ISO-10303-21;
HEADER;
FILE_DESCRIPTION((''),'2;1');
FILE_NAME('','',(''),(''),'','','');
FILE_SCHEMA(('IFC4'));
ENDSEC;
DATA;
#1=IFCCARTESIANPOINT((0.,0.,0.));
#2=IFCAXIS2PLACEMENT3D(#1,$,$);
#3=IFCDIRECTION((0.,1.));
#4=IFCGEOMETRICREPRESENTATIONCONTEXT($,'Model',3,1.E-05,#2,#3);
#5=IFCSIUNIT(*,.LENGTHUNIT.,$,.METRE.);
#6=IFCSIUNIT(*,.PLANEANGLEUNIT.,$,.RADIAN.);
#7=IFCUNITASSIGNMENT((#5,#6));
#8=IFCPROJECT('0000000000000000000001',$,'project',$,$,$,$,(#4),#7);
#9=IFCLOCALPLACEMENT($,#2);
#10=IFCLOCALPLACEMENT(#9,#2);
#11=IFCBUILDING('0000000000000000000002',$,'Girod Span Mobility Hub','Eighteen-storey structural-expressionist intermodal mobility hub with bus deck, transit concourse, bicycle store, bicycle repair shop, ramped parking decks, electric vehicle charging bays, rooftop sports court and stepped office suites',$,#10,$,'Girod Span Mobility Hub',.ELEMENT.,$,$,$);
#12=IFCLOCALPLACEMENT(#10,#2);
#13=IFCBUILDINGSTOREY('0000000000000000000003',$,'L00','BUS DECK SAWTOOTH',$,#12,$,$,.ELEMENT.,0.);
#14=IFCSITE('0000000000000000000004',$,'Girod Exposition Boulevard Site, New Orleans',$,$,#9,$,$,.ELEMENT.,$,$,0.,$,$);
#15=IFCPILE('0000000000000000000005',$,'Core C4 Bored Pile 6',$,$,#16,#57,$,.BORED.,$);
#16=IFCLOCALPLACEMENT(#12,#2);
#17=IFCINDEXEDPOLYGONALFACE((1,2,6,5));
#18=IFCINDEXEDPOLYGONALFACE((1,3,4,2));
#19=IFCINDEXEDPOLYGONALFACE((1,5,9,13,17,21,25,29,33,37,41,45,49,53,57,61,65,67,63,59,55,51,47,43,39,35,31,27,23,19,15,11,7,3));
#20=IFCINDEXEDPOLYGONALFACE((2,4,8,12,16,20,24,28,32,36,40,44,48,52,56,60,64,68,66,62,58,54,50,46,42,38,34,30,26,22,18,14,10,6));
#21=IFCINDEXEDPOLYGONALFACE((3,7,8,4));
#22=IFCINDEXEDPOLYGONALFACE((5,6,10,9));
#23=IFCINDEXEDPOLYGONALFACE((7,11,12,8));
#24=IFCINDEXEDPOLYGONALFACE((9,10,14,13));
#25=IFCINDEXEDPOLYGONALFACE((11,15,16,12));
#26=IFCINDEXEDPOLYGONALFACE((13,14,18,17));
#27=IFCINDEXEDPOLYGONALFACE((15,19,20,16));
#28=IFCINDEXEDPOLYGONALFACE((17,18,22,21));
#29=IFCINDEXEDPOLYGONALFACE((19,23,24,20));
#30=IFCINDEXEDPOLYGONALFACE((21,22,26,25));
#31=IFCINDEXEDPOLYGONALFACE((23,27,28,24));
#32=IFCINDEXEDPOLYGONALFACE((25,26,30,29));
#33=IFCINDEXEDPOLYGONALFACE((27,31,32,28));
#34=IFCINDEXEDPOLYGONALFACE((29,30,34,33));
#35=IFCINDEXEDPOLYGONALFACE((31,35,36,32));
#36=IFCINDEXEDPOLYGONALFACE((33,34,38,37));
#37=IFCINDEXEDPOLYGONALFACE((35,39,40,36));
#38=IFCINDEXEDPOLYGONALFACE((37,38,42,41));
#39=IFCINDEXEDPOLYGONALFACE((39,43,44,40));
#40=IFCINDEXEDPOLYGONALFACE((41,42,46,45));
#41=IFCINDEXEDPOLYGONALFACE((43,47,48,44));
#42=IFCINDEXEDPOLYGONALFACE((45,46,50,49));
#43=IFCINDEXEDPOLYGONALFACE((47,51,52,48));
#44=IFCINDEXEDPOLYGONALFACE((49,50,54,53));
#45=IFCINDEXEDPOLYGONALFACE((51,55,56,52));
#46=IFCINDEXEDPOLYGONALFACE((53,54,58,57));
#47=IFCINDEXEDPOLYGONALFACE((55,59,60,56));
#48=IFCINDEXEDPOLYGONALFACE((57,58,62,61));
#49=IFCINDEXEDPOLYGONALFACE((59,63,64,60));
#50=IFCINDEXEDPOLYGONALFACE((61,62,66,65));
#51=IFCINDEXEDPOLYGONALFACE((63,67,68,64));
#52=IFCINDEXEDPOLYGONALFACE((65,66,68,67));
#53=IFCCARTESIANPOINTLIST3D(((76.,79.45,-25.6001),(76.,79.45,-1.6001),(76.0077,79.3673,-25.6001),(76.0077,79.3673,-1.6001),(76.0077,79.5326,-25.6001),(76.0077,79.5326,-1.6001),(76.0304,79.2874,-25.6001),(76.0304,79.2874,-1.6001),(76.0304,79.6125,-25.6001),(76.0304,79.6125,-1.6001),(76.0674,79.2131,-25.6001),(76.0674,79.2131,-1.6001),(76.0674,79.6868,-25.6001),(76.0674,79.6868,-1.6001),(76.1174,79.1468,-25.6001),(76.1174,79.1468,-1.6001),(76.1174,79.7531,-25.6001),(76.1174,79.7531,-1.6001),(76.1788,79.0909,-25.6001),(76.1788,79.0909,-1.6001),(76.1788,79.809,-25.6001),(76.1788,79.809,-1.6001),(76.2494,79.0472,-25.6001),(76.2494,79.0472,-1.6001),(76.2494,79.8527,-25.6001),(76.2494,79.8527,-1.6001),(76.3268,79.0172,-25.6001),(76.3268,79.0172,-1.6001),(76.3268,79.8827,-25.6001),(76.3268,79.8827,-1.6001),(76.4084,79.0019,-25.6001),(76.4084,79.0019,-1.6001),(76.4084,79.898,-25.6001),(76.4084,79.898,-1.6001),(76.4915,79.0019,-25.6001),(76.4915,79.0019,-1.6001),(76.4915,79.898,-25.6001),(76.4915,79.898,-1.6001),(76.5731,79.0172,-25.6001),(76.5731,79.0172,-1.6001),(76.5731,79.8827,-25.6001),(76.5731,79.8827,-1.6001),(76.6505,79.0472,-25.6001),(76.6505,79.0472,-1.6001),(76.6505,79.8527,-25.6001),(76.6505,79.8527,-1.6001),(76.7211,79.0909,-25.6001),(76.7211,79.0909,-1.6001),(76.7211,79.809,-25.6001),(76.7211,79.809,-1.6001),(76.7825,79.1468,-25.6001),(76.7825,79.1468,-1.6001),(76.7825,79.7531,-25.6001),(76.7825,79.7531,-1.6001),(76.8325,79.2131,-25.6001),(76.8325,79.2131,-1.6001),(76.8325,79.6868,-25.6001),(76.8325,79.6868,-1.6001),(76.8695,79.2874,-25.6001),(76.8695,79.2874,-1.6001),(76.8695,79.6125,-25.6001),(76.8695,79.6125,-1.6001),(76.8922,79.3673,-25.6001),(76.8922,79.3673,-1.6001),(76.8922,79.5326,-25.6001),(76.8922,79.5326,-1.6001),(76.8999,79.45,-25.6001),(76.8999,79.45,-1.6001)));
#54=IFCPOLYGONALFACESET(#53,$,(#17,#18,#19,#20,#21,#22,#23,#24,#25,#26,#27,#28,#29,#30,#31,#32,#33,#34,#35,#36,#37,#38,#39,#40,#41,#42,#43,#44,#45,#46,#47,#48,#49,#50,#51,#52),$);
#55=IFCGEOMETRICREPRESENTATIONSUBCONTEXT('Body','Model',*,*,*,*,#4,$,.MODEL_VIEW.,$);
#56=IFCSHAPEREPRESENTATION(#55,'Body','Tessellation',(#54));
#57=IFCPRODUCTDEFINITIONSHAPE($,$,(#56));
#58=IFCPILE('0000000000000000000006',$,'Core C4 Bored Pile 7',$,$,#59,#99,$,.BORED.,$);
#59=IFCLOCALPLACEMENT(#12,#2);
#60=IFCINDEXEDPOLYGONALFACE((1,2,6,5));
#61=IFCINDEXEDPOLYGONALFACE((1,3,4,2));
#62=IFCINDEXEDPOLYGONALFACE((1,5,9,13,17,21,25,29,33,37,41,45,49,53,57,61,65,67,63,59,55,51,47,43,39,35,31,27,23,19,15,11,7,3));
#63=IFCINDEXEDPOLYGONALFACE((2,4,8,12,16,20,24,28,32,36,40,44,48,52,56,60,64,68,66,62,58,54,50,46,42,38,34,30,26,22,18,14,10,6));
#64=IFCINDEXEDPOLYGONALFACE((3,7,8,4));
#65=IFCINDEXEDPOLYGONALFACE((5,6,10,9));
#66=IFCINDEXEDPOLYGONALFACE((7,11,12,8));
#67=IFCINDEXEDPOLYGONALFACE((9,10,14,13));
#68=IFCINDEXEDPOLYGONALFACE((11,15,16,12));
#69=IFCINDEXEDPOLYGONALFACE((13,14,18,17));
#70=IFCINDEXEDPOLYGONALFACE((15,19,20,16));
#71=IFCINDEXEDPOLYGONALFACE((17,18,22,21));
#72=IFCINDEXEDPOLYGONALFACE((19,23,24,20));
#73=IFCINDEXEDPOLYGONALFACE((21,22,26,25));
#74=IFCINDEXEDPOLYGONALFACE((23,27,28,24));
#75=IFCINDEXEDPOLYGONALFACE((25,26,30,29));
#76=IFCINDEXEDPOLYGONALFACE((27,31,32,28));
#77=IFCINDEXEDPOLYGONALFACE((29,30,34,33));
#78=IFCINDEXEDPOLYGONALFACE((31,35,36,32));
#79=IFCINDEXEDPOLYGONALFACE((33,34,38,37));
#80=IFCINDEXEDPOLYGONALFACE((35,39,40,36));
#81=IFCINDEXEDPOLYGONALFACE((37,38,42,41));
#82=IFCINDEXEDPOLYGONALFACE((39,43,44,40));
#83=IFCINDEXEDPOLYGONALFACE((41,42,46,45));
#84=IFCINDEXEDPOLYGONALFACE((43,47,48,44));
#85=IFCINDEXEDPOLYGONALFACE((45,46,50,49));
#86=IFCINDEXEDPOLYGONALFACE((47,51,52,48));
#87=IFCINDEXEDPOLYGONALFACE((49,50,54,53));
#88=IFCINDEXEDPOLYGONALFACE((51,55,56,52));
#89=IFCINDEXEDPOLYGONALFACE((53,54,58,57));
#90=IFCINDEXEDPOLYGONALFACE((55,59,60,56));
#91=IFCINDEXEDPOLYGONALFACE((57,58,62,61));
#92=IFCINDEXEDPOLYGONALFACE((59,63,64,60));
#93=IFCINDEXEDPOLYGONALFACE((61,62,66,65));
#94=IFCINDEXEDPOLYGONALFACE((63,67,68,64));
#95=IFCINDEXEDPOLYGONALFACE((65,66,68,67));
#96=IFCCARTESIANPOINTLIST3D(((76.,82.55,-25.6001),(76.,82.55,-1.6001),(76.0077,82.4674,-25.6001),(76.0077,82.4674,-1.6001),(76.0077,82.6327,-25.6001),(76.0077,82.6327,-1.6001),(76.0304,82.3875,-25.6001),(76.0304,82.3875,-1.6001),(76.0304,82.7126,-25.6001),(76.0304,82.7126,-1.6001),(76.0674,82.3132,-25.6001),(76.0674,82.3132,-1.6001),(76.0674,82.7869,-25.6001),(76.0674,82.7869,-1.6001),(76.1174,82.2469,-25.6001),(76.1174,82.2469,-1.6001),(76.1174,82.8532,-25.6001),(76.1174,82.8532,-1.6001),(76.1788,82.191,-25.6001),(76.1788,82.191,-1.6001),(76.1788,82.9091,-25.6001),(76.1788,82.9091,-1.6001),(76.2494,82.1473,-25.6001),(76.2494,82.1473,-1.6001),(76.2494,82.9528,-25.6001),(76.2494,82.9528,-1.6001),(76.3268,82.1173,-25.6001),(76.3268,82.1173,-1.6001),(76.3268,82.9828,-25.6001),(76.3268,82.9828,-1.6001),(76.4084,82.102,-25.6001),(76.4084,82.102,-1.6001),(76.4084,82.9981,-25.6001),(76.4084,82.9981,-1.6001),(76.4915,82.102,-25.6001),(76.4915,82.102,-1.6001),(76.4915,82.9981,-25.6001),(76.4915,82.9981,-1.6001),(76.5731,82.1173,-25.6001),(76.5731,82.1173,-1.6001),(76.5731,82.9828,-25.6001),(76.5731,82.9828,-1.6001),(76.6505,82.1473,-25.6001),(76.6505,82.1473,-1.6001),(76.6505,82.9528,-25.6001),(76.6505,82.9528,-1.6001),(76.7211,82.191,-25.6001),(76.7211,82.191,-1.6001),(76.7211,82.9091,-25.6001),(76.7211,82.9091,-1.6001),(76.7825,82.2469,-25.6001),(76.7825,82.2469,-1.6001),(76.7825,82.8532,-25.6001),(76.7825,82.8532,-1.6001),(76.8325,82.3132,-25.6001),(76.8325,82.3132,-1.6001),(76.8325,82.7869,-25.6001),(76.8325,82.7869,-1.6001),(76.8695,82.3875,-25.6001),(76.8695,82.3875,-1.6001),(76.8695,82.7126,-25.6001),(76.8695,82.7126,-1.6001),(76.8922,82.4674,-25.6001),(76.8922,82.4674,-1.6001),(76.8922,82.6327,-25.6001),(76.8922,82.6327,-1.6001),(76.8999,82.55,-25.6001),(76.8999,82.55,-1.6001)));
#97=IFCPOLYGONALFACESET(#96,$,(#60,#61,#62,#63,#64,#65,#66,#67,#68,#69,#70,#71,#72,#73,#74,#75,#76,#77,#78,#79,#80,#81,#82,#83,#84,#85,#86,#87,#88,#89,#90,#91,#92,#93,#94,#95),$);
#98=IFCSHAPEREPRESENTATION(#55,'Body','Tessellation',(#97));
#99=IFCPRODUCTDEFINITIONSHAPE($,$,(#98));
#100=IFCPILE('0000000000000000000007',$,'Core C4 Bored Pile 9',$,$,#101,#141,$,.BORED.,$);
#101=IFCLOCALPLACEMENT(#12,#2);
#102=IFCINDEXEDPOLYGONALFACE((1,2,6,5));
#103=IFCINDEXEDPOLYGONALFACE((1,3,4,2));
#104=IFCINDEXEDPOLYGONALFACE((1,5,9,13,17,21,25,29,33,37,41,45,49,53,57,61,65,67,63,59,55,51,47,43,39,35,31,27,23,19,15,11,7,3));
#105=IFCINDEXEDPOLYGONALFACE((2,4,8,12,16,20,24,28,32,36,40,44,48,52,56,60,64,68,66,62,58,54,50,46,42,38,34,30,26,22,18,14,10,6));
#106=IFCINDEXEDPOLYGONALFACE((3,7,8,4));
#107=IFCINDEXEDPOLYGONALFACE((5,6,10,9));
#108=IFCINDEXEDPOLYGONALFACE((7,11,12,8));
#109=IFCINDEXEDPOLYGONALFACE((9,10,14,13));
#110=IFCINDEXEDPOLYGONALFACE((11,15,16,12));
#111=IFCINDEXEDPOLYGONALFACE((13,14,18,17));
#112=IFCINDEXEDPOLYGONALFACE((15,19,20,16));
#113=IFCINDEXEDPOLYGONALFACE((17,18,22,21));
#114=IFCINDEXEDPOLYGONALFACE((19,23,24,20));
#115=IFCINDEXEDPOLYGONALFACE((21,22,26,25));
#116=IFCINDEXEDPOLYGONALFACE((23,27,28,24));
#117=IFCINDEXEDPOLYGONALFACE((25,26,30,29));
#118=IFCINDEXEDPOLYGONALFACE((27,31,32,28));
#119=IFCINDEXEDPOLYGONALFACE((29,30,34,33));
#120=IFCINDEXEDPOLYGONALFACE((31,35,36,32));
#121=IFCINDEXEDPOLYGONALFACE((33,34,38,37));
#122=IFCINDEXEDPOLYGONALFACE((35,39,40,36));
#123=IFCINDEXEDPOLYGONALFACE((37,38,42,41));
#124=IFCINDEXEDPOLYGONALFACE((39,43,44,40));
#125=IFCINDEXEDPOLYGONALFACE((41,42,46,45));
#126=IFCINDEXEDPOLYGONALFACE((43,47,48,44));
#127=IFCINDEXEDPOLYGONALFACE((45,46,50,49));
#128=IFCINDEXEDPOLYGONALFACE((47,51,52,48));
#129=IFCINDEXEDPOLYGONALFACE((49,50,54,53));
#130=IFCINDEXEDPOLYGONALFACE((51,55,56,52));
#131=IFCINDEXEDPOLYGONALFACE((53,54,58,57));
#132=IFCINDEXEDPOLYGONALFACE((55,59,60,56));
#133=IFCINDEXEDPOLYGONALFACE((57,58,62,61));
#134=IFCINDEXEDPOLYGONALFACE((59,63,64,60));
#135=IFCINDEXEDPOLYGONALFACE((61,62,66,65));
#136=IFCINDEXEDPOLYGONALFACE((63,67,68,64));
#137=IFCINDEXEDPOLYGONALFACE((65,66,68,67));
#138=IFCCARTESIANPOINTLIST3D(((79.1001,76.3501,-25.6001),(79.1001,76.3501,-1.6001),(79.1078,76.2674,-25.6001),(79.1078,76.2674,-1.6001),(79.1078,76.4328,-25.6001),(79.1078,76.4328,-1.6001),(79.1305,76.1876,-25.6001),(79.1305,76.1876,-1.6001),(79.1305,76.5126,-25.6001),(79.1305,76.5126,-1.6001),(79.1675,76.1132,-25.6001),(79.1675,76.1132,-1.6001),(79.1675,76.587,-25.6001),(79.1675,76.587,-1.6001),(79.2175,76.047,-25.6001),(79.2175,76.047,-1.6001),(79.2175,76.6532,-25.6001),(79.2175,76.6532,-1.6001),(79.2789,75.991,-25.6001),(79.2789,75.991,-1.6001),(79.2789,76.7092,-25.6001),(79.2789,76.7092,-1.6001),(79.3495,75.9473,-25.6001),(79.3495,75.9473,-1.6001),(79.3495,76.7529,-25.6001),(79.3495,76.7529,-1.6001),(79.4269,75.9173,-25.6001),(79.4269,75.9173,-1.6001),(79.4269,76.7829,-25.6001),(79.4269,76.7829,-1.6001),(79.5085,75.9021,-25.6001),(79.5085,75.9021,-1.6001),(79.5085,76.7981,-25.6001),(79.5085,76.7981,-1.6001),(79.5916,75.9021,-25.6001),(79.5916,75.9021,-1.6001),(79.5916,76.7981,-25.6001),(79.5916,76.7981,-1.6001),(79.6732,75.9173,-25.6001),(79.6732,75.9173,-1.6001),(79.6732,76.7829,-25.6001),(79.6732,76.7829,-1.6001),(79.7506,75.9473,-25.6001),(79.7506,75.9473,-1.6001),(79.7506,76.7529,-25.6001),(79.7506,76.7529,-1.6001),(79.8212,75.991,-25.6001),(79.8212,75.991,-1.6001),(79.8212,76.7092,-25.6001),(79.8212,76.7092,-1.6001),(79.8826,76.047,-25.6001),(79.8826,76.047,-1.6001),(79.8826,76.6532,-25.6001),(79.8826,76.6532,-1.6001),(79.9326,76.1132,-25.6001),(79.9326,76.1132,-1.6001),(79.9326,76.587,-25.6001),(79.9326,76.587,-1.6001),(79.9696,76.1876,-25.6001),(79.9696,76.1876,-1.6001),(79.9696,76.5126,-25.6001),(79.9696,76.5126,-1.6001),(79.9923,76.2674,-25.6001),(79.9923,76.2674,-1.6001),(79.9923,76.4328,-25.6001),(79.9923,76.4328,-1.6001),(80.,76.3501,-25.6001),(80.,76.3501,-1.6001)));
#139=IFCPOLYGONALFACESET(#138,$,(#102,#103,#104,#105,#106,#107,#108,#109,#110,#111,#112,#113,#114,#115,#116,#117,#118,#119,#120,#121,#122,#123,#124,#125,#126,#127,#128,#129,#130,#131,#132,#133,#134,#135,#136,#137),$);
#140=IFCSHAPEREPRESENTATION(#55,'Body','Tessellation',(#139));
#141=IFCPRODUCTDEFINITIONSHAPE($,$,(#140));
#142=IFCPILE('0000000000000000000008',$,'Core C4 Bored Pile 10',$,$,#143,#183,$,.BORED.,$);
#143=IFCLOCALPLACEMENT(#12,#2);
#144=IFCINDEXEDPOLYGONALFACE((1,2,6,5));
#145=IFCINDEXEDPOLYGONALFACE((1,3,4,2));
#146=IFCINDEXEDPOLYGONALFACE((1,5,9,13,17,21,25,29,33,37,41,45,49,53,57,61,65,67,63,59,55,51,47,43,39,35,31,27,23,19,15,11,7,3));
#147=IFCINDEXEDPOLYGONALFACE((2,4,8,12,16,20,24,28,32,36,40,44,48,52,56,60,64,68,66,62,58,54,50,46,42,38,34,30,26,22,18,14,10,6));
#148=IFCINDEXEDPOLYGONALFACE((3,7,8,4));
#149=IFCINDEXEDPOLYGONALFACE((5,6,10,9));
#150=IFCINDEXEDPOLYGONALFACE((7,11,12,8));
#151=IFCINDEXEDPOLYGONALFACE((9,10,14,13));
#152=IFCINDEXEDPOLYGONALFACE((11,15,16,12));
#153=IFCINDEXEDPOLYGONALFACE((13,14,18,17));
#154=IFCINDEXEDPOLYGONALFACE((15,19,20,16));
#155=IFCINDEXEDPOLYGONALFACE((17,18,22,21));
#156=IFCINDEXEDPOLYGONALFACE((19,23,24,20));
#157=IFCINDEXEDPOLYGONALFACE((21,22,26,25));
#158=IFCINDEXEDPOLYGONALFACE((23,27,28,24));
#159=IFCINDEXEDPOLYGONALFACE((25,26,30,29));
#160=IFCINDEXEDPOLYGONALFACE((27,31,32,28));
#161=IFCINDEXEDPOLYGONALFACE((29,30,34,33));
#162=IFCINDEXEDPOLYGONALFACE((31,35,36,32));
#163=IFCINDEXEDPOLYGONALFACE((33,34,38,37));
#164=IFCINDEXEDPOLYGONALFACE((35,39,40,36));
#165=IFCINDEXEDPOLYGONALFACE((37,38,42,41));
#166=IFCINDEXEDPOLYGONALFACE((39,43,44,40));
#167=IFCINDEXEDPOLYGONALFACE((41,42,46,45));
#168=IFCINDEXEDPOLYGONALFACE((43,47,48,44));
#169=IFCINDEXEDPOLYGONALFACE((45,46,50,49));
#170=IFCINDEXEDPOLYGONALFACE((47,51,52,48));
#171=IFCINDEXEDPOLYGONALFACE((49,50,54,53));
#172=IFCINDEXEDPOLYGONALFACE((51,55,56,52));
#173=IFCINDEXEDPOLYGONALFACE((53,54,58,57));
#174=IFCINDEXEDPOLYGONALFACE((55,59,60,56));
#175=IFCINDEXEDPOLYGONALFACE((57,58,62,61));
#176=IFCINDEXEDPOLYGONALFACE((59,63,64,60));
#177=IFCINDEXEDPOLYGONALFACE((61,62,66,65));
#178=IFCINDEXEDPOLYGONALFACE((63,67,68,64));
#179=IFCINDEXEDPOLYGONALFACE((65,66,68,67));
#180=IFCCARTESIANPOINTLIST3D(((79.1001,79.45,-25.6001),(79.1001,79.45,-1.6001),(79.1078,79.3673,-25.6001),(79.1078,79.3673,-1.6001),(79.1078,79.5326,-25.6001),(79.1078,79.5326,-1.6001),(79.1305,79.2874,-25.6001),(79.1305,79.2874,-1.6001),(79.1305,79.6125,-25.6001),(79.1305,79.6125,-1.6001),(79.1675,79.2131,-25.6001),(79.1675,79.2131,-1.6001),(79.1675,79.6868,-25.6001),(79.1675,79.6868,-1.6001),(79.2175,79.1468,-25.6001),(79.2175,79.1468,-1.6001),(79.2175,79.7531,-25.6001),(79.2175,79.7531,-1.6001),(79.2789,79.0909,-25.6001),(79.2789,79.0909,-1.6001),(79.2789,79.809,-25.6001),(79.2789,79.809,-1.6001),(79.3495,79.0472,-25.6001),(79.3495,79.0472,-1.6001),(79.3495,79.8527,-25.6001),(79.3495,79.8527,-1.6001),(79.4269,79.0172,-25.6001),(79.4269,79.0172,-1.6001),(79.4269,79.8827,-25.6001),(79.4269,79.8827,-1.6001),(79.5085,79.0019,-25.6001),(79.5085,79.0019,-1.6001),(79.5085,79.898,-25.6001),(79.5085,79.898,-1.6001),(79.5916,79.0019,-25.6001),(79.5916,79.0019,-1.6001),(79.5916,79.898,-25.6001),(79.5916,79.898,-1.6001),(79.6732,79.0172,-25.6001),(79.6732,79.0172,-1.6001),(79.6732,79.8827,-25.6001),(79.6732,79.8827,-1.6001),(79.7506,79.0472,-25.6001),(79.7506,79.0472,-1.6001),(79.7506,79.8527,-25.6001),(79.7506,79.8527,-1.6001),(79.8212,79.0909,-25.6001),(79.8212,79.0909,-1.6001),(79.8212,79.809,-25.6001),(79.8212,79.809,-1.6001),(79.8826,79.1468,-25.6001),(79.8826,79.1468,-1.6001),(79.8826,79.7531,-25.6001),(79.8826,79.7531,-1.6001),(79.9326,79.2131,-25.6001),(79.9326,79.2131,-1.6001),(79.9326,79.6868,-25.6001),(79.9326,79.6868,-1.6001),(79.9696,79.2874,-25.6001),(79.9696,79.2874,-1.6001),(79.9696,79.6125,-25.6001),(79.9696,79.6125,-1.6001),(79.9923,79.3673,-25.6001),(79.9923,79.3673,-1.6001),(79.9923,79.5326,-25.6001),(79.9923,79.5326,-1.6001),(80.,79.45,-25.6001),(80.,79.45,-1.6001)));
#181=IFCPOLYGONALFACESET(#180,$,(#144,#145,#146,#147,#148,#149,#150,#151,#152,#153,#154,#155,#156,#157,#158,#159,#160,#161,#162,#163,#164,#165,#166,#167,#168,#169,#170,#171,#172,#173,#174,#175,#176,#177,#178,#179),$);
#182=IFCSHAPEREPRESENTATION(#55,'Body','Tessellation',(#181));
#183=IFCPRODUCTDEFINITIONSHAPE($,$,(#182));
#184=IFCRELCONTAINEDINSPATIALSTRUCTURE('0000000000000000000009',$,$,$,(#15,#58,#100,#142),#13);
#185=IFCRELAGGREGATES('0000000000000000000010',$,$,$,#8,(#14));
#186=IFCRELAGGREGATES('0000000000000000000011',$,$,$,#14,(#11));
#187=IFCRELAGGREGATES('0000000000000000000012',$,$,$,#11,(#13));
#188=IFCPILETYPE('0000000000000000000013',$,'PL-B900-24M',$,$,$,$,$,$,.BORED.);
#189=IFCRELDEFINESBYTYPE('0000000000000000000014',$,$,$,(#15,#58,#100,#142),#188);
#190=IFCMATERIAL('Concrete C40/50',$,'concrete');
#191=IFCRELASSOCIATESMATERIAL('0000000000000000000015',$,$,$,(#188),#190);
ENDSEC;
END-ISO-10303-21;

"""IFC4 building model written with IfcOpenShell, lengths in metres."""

from ifc_helpers import new_model, si_unit, direction, frame, origin, origin_2d, place, context, subcontext, project, spatial, circle, extrude, material, material_profile, profile_set, type_object, element, save


model = new_model("IFC4")

# Units and contexts
model_context = context("Model", 3, precision=1e-05, world=origin(), true_north=direction((0.0, 1.0)))
body_context = subcontext(model_context, "Body", "Model", "MODEL_VIEW")
ifc_project = project(units=[si_unit("LENGTHUNIT", "METRE"), si_unit("PLANEANGLEUNIT", "RADIAN")], contexts=[model_context])

# Site, building, storey
site_placement = place(None, origin())
site = spatial("IfcSite", under=ifc_project, at=site_placement, Name="Girod Exposition Boulevard Site, New Orleans", CompositionType="ELEMENT", RefElevation=0.0)
building_placement = place(site_placement, origin())
building = spatial("IfcBuilding", under=site, at=building_placement, Name="Girod Span Mobility Hub", Description="Eighteen-storey structural-expressionist intermodal mobility hub with bus deck, transit concourse, bicycle store, bicycle repair shop, ramped parking decks, electric vehicle charging bays, rooftop sports court and stepped office suites", LongName="Girod Span Mobility Hub", CompositionType="ELEMENT")
storey_placement = place(building_placement, origin())
storey = spatial("IfcBuildingStorey", under=building, at=storey_placement, Name="L00", Description="BUS DECK SAWTOOTH", CompositionType="ELEMENT", Elevation=0.0)

# Piles
ifc_material_1 = material(Name="Concrete C40/50", Category="concrete")
ifc_material_profile_1 = material_profile(ifc_material_1, circle(Radius=0.45, at=origin_2d()), Name="PILE-D900")
ifc_profile_set_1 = profile_set([ifc_material_profile_1], Name="Concrete C40/50")
pile_type_1 = type_object("IfcPileType", Name="PL-B900-24M", PredefinedType="BORED", material=ifc_profile_set_1)
for number, where, z_axis, x_axis, name in (
    (1, (76.45, 79.45, -1.6001), (0.0, 0.0, -1.0), (1.0, 0.0, 0.0), "Core C4 Bored Pile 6"),
    (2, (76.45, 82.55, -1.6001), (0.0, 0.0, -1.0), (1.0, 0.0, 0.0), "Core C4 Bored Pile 7"),
    (3, (79.55, 76.3501, -1.6001), (0.0, 0.0, -1.0), (1.0, 0.0, 0.0), "Core C4 Bored Pile 9"),
    (4, (79.55, 79.45, -1.6001), (0.0, 0.0, -1.0), (1.0, 0.0, 0.0), "Core C4 Bored Pile 10"),
):
    element("IfcPile", number, at=place(storey_placement, frame(where, z_axis=z_axis, x_axis=x_axis)), inside=storey, type_object=pile_type_1, Name=name, PredefinedType="BORED", context=body_context, shape_type="SweptSolid", body=[
        extrude(circle(Radius=0.45, at=origin_2d()), origin(), (0.0, 0.0, 1.0), 24.0),
    ])

save(model, "model.ifc")
